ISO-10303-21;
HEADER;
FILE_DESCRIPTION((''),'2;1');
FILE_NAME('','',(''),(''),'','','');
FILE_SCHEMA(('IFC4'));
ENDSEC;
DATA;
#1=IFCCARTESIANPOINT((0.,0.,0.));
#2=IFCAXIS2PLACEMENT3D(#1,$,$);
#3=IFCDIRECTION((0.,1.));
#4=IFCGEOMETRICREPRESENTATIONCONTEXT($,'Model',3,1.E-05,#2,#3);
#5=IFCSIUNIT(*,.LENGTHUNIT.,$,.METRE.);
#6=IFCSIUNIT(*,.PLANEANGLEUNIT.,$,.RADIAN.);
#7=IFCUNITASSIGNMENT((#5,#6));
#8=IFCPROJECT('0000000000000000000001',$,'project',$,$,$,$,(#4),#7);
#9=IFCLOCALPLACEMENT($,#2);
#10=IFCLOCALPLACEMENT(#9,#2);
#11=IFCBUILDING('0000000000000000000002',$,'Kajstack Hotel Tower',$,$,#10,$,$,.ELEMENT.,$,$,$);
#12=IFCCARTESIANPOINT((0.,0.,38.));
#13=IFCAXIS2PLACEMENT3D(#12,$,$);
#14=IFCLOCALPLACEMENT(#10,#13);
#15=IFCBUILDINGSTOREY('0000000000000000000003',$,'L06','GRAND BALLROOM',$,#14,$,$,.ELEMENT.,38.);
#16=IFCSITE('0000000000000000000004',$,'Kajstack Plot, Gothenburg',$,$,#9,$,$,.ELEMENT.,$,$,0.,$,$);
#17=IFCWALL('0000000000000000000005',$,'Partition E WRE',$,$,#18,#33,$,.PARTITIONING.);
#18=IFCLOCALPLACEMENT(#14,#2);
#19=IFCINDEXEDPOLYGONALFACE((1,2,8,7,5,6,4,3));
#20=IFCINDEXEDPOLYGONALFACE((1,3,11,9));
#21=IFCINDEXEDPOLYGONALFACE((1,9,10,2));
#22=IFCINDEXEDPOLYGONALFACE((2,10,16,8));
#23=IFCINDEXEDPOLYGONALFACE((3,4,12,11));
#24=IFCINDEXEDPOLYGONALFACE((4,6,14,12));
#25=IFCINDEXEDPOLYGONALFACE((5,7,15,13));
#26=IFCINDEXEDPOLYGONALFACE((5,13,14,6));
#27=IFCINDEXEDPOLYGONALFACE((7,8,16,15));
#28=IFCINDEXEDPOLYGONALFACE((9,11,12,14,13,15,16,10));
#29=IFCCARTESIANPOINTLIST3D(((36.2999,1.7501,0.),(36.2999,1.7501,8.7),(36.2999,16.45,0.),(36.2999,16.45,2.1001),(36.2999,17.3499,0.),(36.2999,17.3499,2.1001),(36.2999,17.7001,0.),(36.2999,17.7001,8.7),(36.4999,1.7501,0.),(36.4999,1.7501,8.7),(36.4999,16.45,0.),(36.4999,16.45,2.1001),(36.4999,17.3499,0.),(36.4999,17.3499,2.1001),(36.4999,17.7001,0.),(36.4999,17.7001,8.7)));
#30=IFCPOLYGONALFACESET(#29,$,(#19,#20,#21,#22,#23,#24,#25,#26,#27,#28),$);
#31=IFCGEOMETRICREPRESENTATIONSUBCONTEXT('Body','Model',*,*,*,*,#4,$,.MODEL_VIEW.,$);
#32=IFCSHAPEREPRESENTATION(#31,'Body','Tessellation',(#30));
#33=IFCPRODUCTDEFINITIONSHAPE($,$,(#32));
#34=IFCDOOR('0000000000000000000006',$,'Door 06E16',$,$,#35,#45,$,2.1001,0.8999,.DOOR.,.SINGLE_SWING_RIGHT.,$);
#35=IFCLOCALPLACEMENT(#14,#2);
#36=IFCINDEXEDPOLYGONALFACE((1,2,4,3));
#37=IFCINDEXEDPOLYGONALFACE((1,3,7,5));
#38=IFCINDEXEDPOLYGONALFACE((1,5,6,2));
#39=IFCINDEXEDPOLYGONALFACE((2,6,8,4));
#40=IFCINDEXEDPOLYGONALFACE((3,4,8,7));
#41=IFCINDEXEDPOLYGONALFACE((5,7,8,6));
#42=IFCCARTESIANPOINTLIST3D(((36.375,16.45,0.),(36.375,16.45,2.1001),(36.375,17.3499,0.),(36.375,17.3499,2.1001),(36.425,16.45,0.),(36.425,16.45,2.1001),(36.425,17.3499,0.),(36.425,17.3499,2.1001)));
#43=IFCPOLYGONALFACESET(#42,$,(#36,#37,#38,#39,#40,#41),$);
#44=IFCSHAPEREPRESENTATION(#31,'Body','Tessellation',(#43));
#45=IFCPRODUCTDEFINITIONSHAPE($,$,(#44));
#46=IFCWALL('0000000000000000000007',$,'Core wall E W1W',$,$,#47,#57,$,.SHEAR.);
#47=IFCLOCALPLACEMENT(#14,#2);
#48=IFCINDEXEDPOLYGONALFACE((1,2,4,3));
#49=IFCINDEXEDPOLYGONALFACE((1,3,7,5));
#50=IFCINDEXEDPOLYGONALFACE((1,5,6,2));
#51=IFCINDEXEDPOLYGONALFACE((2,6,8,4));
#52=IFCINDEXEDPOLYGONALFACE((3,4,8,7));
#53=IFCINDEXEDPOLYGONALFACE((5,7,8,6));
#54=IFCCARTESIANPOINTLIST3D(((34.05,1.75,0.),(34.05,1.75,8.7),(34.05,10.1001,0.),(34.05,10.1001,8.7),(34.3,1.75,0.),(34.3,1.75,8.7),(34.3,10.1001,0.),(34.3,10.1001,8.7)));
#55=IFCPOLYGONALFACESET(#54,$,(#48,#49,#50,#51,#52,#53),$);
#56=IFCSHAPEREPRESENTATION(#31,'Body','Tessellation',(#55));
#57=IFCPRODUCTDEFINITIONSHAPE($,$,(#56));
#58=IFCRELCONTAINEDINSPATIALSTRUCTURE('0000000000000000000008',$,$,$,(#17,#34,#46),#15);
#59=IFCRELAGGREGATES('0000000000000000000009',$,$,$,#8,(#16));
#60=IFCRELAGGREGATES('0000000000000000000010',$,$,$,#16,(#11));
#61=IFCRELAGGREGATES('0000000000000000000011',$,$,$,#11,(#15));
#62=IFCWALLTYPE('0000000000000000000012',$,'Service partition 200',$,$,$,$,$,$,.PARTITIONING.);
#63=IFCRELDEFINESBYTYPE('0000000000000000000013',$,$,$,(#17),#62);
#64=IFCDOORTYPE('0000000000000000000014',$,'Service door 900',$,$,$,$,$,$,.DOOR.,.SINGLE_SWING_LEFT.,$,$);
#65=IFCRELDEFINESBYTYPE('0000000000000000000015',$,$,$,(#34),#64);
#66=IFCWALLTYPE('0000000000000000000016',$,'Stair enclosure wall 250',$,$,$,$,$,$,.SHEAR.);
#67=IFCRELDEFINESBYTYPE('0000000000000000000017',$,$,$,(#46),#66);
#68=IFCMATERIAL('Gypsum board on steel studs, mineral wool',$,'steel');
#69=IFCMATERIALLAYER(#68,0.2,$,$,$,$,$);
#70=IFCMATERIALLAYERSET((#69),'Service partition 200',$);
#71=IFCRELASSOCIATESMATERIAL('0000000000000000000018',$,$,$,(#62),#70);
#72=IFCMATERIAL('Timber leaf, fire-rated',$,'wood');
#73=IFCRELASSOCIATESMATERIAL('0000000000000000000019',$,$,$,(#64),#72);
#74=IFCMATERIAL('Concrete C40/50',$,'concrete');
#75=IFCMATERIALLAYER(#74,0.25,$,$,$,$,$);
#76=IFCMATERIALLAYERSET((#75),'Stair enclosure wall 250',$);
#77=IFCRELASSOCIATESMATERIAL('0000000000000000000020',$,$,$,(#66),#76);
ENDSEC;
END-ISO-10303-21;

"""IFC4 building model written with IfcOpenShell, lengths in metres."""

from ifc_helpers import new_model, si_unit, direction, frame, frame_2d, origin, place, context, subcontext, project, spatial, rectangle, extrude, material, layer, layer_set, type_object, element, fill, save


model = new_model("IFC4")

# Units and contexts
model_context = context("Model", 3, precision=1e-05, world=origin(), true_north=direction((0.0, 1.0)))
body_context = subcontext(model_context, "Body", "Model", "MODEL_VIEW")
ifc_project = project(units=[si_unit("LENGTHUNIT", "METRE"), si_unit("PLANEANGLEUNIT", "RADIAN")], contexts=[model_context])

# Site, building, storey
site_placement = place(None, origin())
site = spatial("IfcSite", under=ifc_project, at=site_placement, Name="Kajstack Plot, Gothenburg", CompositionType="ELEMENT", RefElevation=0.0)
building_placement = place(site_placement, origin())
building = spatial("IfcBuilding", under=site, at=building_placement, Name="Kajstack Hotel Tower", CompositionType="ELEMENT")
storey_placement = place(building_placement, frame((0.0, 0.0, 38.0)))
storey = spatial("IfcBuildingStorey", under=building, at=storey_placement, Name="L06", Description="GRAND BALLROOM", CompositionType="ELEMENT", Elevation=38.0)

# Wall, opening, door
ifc_material_1 = material(Name="Gypsum board on steel studs, mineral wool", Category="steel")
ifc_layer_1 = layer(ifc_material_1, 0.2)
ifc_layer_set_1 = layer_set([ifc_layer_1], Name="Service partition 200")
wall_type_1 = type_object("IfcWallType", Name="Service partition 200", PredefinedType="PARTITIONING", material=ifc_layer_set_1)
wall_1_placement = place(storey_placement, frame((36.3999, 1.75, 0.0), z_axis=(0.0, 0.0, 1.0), x_axis=(0.0, 1.0, 0.0)))
wall_1 = element("IfcWall", 1, at=wall_1_placement, inside=storey, type_object=wall_type_1, Name="Partition E WRE", PredefinedType="PARTITIONING", context=body_context, shape_type="SweptSolid", body=[
    extrude(rectangle(XDim=15.95, YDim=0.2, at=frame_2d((7.9751, 0.0))), origin(), (0.0, 0.0, 1.0), 8.7),
])
opening_placement = place(wall_1_placement, frame((14.7, 0.0, 0.0)))
opening = element("IfcOpeningElement", 2, at=opening_placement, cuts=wall_1, PredefinedType="OPENING", context=body_context, shape_type="SweptSolid", body=[
    extrude(rectangle(XDim=0.8999, YDim=2.1001, at=frame_2d((0.45, 1.05))), frame((0.0, 0.1099, 0.0), z_axis=(0.0, -1.0, 0.0), x_axis=(1.0, 0.0, 0.0)), (0.0, 0.0, 1.0), 0.22),
])
ifc_material_2 = material(Name="Timber leaf, fire-rated", Category="wood")
door_type = type_object("IfcDoorType", Name="Service door 900", OperationType="SINGLE_SWING_LEFT", PredefinedType="DOOR", material=ifc_material_2)
door_placement = place(opening_placement, origin())
door = element("IfcDoor", 3, at=door_placement, inside=storey, type_object=door_type, Name="Door 06E16", OperationType="SINGLE_SWING_RIGHT", OverallHeight=2.1001, OverallWidth=0.8999, PredefinedType="DOOR", context=body_context, shape_type="SweptSolid", body=[
    extrude(rectangle(XDim=0.8999, YDim=2.1001, at=frame_2d((0.45, 1.05))), frame((0.0, 0.0249, 0.0), z_axis=(0.0, -1.0, 0.0), x_axis=(1.0, 0.0, 0.0)), (0.0, 0.0, 1.0), 0.05),
])
fill(opening, door)

# Wall
ifc_material_3 = material(Name="Concrete C40/50", Category="concrete")
ifc_layer_2 = layer(ifc_material_3, 0.25)
ifc_layer_set_2 = layer_set([ifc_layer_2], Name="Stair enclosure wall 250")
wall_type_2 = type_object("IfcWallType", Name="Stair enclosure wall 250", PredefinedType="SHEAR", material=ifc_layer_set_2)
wall_2_placement = place(storey_placement, frame((34.175, 1.75, 0.0), z_axis=(0.0, 0.0, 1.0), x_axis=(0.0, 1.0, 0.0)))
element("IfcWall", 4, at=wall_2_placement, inside=storey, type_object=wall_type_2, Name="Core wall E W1W", PredefinedType="SHEAR", context=body_context, shape_type="SweptSolid", body=[
    extrude(rectangle(XDim=8.3501, YDim=0.25, at=frame_2d((4.175, 0.0))), origin(), (0.0, 0.0, 1.0), 8.7),
])

save(model, "model.ifc")
